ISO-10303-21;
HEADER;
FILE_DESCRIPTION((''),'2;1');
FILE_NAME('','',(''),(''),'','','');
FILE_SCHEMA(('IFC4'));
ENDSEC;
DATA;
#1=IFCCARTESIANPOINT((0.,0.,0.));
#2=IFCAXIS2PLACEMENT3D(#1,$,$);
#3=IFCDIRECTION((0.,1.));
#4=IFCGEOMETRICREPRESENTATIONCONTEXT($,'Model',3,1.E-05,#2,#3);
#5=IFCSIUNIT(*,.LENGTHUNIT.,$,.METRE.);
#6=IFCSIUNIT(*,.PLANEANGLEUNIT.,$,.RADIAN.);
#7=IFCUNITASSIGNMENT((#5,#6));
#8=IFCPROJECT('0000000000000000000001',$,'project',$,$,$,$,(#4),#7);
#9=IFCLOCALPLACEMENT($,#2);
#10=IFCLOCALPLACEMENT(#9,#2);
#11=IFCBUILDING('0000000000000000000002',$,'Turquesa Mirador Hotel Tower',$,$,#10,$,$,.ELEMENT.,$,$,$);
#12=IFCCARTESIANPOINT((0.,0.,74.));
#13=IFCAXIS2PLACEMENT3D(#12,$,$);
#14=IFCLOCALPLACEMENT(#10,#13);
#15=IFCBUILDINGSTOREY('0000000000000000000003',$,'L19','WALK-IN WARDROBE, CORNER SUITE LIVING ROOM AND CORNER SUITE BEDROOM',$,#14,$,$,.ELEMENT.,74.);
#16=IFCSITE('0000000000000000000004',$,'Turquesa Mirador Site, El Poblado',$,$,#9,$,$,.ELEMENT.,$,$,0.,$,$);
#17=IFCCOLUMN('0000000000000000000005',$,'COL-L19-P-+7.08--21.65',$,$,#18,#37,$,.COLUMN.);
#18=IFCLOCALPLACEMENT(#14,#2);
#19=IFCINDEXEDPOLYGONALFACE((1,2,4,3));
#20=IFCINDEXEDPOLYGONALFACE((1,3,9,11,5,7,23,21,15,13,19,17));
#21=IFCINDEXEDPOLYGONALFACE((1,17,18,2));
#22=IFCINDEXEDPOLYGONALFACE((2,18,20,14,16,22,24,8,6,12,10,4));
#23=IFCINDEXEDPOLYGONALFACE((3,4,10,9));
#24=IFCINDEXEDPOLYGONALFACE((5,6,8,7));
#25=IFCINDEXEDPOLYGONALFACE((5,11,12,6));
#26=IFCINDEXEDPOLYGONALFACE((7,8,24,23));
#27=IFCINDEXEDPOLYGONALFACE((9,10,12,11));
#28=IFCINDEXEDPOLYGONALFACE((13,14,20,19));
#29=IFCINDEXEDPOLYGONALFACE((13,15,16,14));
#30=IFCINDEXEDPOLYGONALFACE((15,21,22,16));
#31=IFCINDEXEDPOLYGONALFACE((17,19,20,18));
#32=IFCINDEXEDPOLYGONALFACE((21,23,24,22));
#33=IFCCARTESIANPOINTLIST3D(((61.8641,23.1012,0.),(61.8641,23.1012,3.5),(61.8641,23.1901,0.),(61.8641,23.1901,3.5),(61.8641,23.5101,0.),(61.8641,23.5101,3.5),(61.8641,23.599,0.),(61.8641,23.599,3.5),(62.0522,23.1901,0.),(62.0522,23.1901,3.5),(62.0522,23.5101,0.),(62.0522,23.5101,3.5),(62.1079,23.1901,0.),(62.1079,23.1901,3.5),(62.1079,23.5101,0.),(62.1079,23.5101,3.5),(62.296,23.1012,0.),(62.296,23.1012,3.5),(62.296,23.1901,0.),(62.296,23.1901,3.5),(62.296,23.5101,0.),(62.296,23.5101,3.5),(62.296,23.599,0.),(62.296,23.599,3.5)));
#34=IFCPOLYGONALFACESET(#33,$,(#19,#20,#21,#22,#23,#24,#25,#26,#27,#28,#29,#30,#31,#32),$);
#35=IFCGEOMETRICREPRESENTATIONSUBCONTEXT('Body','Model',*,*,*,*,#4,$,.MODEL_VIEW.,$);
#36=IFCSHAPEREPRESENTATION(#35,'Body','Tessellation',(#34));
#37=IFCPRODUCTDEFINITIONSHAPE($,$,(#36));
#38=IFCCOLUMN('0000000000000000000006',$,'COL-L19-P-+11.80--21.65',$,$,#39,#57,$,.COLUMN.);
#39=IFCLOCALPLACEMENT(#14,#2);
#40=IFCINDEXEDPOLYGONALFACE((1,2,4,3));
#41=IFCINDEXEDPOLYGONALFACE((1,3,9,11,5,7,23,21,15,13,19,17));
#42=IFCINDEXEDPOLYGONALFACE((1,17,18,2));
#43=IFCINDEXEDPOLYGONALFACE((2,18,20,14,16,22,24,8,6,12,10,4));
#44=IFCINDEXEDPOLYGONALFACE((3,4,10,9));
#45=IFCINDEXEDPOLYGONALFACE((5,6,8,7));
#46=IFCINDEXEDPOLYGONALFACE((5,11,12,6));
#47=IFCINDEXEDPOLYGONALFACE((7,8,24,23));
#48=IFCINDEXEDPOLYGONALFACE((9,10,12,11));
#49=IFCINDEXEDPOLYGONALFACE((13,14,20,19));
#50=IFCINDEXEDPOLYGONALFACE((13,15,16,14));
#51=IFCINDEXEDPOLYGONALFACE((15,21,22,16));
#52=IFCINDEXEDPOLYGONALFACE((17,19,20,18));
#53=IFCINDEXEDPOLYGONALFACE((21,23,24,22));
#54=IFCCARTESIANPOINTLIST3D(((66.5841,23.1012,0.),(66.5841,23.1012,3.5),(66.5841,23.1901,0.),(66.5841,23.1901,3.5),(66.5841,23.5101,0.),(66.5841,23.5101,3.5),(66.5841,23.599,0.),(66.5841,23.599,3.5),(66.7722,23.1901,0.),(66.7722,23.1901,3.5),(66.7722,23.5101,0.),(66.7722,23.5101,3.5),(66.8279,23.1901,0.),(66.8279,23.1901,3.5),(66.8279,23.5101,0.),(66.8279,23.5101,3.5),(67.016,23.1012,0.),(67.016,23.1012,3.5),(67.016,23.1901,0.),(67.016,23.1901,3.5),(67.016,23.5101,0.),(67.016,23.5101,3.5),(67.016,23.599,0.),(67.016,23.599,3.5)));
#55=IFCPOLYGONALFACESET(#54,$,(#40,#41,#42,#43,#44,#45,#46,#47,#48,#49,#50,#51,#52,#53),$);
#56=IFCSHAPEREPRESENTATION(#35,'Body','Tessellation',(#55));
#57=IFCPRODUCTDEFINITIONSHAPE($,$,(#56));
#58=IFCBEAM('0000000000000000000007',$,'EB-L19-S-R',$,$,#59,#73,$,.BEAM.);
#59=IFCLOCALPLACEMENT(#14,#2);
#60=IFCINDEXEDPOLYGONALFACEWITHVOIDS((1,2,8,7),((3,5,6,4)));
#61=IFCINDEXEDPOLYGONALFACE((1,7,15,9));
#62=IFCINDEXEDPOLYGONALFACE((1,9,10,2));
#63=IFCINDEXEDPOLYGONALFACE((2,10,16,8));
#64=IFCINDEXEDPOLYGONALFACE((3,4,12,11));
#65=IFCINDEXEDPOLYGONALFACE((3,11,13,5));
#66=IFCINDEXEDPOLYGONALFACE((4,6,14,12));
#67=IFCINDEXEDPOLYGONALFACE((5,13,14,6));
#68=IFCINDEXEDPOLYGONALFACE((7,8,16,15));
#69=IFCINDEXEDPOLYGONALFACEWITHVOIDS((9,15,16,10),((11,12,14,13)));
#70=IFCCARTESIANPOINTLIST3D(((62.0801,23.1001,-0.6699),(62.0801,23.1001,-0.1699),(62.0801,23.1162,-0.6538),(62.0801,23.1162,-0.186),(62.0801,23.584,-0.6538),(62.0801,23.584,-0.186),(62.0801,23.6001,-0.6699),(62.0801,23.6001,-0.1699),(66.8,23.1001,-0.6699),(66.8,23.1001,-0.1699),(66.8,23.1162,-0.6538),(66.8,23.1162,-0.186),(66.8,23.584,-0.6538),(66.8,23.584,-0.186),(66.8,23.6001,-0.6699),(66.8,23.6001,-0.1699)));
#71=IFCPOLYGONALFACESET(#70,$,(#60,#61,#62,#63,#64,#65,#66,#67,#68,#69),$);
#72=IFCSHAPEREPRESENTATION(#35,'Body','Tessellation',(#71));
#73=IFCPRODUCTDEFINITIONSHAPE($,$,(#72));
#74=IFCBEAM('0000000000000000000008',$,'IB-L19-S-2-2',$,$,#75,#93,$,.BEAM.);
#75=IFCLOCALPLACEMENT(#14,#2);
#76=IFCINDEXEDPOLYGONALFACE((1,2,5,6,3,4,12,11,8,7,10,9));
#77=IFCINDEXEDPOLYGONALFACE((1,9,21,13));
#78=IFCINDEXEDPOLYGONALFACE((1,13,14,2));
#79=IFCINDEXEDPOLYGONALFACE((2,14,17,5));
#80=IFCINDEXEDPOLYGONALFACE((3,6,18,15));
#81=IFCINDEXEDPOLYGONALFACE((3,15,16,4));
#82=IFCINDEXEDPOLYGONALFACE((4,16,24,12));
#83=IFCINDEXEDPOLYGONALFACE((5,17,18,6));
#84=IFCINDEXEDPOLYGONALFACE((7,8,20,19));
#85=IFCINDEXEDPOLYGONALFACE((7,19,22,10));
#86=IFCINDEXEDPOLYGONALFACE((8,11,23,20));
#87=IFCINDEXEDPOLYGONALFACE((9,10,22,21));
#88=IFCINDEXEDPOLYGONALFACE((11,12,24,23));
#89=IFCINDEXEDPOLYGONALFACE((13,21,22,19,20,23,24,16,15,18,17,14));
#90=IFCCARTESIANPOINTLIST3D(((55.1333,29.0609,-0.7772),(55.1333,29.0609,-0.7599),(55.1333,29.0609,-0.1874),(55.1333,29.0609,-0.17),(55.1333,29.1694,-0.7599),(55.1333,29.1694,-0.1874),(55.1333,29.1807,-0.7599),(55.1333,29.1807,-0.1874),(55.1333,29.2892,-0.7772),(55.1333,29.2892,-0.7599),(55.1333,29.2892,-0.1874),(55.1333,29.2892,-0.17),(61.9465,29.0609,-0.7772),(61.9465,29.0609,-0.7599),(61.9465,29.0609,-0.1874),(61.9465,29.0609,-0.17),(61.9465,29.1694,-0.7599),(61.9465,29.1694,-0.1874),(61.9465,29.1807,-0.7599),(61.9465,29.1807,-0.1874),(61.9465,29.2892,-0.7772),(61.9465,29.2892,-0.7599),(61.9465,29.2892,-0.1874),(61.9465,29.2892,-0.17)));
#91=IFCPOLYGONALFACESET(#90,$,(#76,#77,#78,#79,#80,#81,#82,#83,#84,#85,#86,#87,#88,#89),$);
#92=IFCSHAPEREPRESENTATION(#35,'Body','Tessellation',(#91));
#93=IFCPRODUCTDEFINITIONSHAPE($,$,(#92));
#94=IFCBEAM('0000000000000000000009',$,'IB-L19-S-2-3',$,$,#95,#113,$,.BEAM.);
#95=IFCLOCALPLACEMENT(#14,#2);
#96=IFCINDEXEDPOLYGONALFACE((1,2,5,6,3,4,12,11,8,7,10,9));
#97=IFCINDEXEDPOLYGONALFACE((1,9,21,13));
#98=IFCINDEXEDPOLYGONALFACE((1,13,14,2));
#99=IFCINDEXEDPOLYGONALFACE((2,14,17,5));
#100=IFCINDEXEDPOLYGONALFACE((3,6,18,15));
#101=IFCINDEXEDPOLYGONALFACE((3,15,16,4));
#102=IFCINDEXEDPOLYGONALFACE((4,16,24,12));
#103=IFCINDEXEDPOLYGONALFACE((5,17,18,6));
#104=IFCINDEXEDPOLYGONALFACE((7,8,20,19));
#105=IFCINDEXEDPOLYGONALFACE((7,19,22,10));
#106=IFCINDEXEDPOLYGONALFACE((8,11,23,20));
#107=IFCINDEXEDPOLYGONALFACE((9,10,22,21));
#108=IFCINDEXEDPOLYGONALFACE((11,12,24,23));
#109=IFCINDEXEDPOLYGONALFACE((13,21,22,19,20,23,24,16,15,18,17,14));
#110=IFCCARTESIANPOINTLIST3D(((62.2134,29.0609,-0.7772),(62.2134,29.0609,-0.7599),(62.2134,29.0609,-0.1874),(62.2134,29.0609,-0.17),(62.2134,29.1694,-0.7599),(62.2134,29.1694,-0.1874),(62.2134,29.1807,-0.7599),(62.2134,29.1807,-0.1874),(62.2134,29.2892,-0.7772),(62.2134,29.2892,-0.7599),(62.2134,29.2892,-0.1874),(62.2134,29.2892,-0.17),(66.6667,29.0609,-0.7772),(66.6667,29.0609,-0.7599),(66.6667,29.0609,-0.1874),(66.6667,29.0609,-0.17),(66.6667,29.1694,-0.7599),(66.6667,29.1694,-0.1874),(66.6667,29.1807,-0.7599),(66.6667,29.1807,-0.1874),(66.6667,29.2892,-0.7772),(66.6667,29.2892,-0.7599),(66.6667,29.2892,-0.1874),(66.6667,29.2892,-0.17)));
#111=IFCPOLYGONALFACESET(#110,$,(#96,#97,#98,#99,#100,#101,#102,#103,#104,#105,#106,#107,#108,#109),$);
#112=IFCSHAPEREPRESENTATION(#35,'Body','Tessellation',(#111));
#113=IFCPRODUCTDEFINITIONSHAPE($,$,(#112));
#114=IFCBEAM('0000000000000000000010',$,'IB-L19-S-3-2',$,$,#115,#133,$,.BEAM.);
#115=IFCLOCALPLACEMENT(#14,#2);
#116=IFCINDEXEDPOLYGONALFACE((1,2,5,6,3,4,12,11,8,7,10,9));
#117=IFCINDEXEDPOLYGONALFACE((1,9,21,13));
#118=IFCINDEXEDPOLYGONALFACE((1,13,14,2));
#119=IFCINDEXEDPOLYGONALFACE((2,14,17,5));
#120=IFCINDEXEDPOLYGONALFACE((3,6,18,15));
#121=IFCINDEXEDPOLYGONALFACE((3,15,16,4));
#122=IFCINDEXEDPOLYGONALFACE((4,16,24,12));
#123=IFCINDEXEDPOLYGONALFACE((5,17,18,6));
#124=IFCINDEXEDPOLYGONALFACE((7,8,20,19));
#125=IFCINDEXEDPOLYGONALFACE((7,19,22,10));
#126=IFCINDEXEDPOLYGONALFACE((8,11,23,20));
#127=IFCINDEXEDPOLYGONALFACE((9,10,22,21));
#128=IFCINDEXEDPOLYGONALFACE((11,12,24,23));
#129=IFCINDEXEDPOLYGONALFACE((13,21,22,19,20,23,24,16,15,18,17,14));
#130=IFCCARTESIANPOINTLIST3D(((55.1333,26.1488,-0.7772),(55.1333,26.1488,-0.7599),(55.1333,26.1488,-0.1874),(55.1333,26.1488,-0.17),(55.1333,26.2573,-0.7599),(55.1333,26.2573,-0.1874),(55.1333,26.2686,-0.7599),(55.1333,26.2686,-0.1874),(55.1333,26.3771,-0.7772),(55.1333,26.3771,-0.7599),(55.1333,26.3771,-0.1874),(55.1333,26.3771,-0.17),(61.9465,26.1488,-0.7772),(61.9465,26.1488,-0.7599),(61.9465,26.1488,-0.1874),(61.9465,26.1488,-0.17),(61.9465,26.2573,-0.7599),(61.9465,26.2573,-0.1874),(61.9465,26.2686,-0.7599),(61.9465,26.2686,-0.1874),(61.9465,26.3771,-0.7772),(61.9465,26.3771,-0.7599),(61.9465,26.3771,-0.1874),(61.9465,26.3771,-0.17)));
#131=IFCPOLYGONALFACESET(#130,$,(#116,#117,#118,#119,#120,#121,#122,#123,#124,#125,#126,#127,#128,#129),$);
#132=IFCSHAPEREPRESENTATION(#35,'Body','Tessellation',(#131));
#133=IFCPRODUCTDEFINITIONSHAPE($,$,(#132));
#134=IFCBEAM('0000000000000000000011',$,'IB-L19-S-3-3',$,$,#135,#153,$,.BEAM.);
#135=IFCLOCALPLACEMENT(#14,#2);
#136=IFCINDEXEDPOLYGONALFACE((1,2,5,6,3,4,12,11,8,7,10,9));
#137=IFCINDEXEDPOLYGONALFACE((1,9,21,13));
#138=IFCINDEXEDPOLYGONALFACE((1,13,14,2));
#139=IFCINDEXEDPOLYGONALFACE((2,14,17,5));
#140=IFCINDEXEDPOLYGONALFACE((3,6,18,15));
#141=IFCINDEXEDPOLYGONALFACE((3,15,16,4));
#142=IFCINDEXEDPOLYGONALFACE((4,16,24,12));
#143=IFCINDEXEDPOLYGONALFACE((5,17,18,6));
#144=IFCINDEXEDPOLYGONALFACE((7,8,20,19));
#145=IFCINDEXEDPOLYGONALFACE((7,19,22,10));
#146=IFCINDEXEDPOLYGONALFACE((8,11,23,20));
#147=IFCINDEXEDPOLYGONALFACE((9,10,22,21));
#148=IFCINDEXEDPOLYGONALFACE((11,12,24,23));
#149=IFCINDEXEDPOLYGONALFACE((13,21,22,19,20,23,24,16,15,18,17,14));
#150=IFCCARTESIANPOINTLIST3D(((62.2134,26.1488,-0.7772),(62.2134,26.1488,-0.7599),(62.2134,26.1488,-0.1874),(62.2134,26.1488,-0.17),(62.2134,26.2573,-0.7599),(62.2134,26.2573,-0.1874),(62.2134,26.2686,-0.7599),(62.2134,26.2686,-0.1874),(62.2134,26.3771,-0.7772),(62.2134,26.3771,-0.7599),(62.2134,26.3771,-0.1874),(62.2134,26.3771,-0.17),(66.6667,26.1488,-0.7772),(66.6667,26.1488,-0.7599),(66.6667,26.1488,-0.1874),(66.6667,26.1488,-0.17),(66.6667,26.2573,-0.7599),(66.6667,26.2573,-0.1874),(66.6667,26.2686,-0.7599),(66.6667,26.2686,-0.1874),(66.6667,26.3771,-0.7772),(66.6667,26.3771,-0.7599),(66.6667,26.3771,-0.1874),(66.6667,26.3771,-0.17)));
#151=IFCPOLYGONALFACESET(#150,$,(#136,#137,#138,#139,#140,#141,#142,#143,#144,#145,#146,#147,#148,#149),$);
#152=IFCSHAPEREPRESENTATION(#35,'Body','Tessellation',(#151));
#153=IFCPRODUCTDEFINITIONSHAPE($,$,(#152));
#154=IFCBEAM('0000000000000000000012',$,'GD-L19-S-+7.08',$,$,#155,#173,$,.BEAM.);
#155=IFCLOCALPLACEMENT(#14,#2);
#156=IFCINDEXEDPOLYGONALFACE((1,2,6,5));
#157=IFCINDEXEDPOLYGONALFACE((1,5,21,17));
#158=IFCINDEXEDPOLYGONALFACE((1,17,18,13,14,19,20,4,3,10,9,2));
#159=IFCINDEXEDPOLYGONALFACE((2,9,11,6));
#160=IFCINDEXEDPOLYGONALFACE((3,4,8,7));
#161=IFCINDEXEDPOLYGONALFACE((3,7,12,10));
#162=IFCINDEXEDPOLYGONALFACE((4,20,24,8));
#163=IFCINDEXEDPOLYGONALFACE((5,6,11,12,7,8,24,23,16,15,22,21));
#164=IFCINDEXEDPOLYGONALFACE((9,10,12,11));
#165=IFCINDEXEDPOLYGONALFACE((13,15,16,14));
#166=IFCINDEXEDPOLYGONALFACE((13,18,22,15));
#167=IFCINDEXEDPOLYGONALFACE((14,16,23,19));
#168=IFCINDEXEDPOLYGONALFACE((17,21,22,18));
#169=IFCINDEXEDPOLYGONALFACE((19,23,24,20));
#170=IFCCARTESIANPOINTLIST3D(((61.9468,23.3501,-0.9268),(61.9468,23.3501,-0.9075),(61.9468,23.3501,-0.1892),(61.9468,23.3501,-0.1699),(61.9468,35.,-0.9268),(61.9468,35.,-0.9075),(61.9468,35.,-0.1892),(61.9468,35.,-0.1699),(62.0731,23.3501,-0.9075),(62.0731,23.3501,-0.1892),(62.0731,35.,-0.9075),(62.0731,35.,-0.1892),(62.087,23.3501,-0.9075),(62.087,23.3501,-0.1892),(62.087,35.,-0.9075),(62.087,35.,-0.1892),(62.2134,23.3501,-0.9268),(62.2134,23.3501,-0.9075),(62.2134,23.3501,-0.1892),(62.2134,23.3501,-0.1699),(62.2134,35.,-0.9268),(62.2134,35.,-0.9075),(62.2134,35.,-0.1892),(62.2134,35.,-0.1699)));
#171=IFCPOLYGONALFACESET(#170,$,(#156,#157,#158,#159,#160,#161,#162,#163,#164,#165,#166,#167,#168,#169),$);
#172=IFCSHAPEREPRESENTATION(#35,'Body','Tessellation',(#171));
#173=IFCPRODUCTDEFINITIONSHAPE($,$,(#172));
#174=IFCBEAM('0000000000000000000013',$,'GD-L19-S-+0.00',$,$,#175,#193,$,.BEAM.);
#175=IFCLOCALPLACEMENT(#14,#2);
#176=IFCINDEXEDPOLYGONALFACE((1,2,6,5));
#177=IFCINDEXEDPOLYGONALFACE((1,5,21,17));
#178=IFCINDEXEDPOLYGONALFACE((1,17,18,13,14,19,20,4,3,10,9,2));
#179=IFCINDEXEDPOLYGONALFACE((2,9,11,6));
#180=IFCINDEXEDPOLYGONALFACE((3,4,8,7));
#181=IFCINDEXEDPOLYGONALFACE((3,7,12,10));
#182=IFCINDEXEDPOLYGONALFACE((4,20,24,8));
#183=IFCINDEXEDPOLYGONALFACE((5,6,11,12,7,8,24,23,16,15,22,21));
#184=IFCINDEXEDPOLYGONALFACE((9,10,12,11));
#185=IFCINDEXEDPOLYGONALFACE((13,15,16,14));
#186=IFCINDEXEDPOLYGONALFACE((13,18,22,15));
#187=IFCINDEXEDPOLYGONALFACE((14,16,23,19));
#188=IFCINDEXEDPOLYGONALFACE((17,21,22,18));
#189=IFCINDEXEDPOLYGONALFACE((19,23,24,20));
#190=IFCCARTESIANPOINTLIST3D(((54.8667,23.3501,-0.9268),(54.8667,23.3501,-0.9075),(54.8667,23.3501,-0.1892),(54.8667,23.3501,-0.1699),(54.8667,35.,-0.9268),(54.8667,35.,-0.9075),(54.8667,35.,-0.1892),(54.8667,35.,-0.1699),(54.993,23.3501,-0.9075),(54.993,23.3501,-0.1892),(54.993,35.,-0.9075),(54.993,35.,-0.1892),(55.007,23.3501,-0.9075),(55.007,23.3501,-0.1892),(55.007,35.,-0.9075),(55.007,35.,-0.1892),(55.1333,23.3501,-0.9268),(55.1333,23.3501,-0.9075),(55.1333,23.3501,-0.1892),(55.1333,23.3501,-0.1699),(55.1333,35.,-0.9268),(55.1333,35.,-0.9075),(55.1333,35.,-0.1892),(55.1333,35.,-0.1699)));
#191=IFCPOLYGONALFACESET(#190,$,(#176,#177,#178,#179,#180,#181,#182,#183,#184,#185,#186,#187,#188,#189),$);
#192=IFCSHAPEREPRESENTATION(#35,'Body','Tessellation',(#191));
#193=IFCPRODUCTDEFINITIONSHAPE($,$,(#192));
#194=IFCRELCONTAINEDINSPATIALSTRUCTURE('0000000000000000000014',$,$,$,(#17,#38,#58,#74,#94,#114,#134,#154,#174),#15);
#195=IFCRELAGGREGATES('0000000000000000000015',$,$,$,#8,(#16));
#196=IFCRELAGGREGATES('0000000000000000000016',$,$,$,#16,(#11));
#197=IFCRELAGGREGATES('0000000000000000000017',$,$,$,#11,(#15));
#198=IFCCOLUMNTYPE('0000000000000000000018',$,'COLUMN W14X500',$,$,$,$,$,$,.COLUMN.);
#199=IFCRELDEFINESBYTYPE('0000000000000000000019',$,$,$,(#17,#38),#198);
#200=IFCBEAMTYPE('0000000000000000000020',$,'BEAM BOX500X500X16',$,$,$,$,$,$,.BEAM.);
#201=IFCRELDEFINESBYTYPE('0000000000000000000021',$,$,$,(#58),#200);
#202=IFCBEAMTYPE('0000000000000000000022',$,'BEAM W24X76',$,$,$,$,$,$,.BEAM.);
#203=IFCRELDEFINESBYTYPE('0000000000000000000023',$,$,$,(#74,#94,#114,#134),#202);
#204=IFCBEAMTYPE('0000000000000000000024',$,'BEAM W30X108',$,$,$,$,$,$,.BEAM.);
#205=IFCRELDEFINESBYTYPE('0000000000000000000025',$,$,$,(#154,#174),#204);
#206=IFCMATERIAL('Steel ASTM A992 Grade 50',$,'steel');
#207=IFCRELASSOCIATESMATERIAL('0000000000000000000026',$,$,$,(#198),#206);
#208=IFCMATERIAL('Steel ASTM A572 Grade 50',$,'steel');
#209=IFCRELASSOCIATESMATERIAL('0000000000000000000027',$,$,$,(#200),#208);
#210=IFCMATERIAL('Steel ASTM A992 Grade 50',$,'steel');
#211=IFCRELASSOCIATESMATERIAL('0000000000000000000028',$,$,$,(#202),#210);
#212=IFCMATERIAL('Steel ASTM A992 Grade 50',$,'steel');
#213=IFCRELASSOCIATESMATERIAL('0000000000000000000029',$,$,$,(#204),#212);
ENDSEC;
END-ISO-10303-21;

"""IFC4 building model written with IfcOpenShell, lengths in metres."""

from ifc_helpers import new_model, si_unit, direction, frame, origin, origin_2d, place, context, subcontext, project, spatial, hollow_rectangle, i_section, extrude, material, material_profile, profile_set, type_object, element, save


model = new_model("IFC4")

# Units and contexts
model_context = context("Model", 3, precision=1e-05, world=origin(), true_north=direction((0.0, 1.0)))
body_context = subcontext(model_context, "Body", "Model", "MODEL_VIEW")
ifc_project = project(units=[si_unit("LENGTHUNIT", "METRE"), si_unit("PLANEANGLEUNIT", "RADIAN")], contexts=[model_context])

# Site, building, storey
site_placement = place(None, origin())
site = spatial("IfcSite", under=ifc_project, at=site_placement, Name="Turquesa Mirador Site, El Poblado", CompositionType="ELEMENT", RefElevation=0.0)
building_placement = place(site_placement, origin())
building = spatial("IfcBuilding", under=site, at=building_placement, Name="Turquesa Mirador Hotel Tower", CompositionType="ELEMENT")
storey_placement = place(building_placement, frame((0.0, 0.0, 74.0)))
storey = spatial("IfcBuildingStorey", under=building, at=storey_placement, Name="L19", Description="WALK-IN WARDROBE, CORNER SUITE LIVING ROOM AND CORNER SUITE BEDROOM", CompositionType="ELEMENT", Elevation=74.0)

# Columns
ifc_material_1 = material(Name="Steel ASTM A992 Grade 50", Category="steel")
ifc_material_profile_1 = material_profile(ifc_material_1, i_section(OverallWidth=0.4319, OverallDepth=0.4978, WebThickness=0.0557, FlangeThickness=0.0889, at=origin_2d()), Name="W14X500")
ifc_profile_set_1 = profile_set([ifc_material_profile_1], Name="Steel ASTM A992 Grade 50")
column_type = type_object("IfcColumnType", Name="COLUMN W14X500", PredefinedType="COLUMN", material=ifc_profile_set_1)
for number, where, z_axis, x_axis, name in (
    (1, (62.0801, 23.3501, 0.0), (0.0, 0.0, 1.0), (1.0, 0.0, 0.0), "COL-L19-P-+7.08--21.65"),
    (2, (66.8, 23.3501, 0.0), (0.0, 0.0, 1.0), (1.0, 0.0, 0.0), "COL-L19-P-+11.80--21.65"),
):
    element("IfcColumn", number, at=place(storey_placement, frame(where, z_axis=z_axis, x_axis=x_axis)), inside=storey, type_object=column_type, Name=name, PredefinedType="COLUMN", context=body_context, shape_type="SweptSolid", body=[
        extrude(i_section(OverallWidth=0.4319, OverallDepth=0.4978, WebThickness=0.0557, FlangeThickness=0.0889, at=origin_2d()), origin(), (0.0, 0.0, 1.0), 3.5),
    ])

# Beams
ifc_material_2 = material(Name="Steel ASTM A572 Grade 50", Category="steel")
ifc_material_profile_2 = material_profile(ifc_material_2, hollow_rectangle(XDim=0.5, YDim=0.5, WallThickness=0.0161, at=origin_2d()), Name="BOX500X500X16")
ifc_profile_set_2 = profile_set([ifc_material_profile_2], Name="Steel ASTM A572 Grade 50")
beam_type_1 = type_object("IfcBeamType", Name="BEAM BOX500X500X16", PredefinedType="BEAM", material=ifc_profile_set_2)
beam_1_placement = place(storey_placement, frame((62.0801, 23.3501, -0.4199), z_axis=(1.0, 0.0, 0.0), x_axis=(0.0, 1.0, 0.0)))
element("IfcBeam", 3, at=beam_1_placement, inside=storey, type_object=beam_type_1, Name="EB-L19-S-R", PredefinedType="BEAM", context=body_context, shape_type="SweptSolid", body=[
    extrude(hollow_rectangle(XDim=0.5, YDim=0.5, WallThickness=0.0161, at=origin_2d()), origin(), (0.0, 0.0, 1.0), 4.72),
])
ifc_material_3 = material(Name="Steel ASTM A992 Grade 50", Category="steel")
ifc_material_profile_3 = material_profile(ifc_material_3, i_section(OverallWidth=0.2283, OverallDepth=0.6072, WebThickness=0.0112, FlangeThickness=0.0173, at=origin_2d()), Name="W24X76")
ifc_profile_set_3 = profile_set([ifc_material_profile_3], Name="Steel ASTM A992 Grade 50")
beam_type_2 = type_object("IfcBeamType", Name="BEAM W24X76", PredefinedType="BEAM", material=ifc_profile_set_3)
beam_2_placement = place(storey_placement, frame((55.1333, 29.175, -0.4736), z_axis=(1.0, 0.0, 0.0), x_axis=(0.0, 1.0, 0.0)))
element("IfcBeam", 4, at=beam_2_placement, inside=storey, type_object=beam_type_2, Name="IB-L19-S-2-2", PredefinedType="BEAM", context=body_context, shape_type="SweptSolid", body=[
    extrude(i_section(OverallWidth=0.2283, OverallDepth=0.6072, WebThickness=0.0112, FlangeThickness=0.0173, at=origin_2d()), origin(), (0.0, 0.0, 1.0), 6.8132),
])
beam_3_placement = place(storey_placement, frame((62.2134, 29.175, -0.4736), z_axis=(1.0, 0.0, 0.0), x_axis=(0.0, 1.0, 0.0)))
element("IfcBeam", 5, at=beam_3_placement, inside=storey, type_object=beam_type_2, Name="IB-L19-S-2-3", PredefinedType="BEAM", context=body_context, shape_type="SweptSolid", body=[
    extrude(i_section(OverallWidth=0.2283, OverallDepth=0.6072, WebThickness=0.0112, FlangeThickness=0.0173, at=origin_2d()), origin(), (0.0, 0.0, 1.0), 4.4534),
])
beam_4_placement = place(storey_placement, frame((55.1333, 26.2629, -0.4736), z_axis=(1.0, 0.0, 0.0), x_axis=(0.0, 1.0, 0.0)))
element("IfcBeam", 6, at=beam_4_placement, inside=storey, type_object=beam_type_2, Name="IB-L19-S-3-2", PredefinedType="BEAM", context=body_context, shape_type="SweptSolid", body=[
    extrude(i_section(OverallWidth=0.2283, OverallDepth=0.6072, WebThickness=0.0112, FlangeThickness=0.0173, at=origin_2d()), origin(), (0.0, 0.0, 1.0), 6.8132),
])
beam_5_placement = place(storey_placement, frame((62.2134, 26.2629, -0.4736), z_axis=(1.0, 0.0, 0.0), x_axis=(0.0, 1.0, 0.0)))
element("IfcBeam", 7, at=beam_5_placement, inside=storey, type_object=beam_type_2, Name="IB-L19-S-3-3", PredefinedType="BEAM", context=body_context, shape_type="SweptSolid", body=[
    extrude(i_section(OverallWidth=0.2283, OverallDepth=0.6072, WebThickness=0.0112, FlangeThickness=0.0173, at=origin_2d()), origin(), (0.0, 0.0, 1.0), 4.4534),
])
ifc_material_4 = material(Name="Steel ASTM A992 Grade 50", Category="steel")
ifc_material_profile_4 = material_profile(ifc_material_4, i_section(OverallWidth=0.2666, OverallDepth=0.7568, WebThickness=0.0139, FlangeThickness=0.0193, at=origin_2d()), Name="W30X108")
ifc_profile_set_4 = profile_set([ifc_material_profile_4], Name="Steel ASTM A992 Grade 50")
beam_type_3 = type_object("IfcBeamType", Name="BEAM W30X108", PredefinedType="BEAM", material=ifc_profile_set_4)
for number, where, z_axis, x_axis, name in (
    (8, (62.0801, 23.3501, -0.5483), (0.0, 1.0, 0.0), (-1.0, 0.0, 0.0), "GD-L19-S-+7.08"),
    (9, (55.0, 23.3501, -0.5483), (0.0, 1.0, 0.0), (-1.0, 0.0, 0.0), "GD-L19-S-+0.00"),
):
    element("IfcBeam", number, at=place(storey_placement, frame(where, z_axis=z_axis, x_axis=x_axis)), inside=storey, type_object=beam_type_3, Name=name, PredefinedType="BEAM", context=body_context, shape_type="SweptSolid", body=[
        extrude(i_section(OverallWidth=0.2666, OverallDepth=0.7568, WebThickness=0.0139, FlangeThickness=0.0193, at=origin_2d()), origin(), (0.0, 0.0, 1.0), 11.6499),
    ])

save(model, "model.ifc")
